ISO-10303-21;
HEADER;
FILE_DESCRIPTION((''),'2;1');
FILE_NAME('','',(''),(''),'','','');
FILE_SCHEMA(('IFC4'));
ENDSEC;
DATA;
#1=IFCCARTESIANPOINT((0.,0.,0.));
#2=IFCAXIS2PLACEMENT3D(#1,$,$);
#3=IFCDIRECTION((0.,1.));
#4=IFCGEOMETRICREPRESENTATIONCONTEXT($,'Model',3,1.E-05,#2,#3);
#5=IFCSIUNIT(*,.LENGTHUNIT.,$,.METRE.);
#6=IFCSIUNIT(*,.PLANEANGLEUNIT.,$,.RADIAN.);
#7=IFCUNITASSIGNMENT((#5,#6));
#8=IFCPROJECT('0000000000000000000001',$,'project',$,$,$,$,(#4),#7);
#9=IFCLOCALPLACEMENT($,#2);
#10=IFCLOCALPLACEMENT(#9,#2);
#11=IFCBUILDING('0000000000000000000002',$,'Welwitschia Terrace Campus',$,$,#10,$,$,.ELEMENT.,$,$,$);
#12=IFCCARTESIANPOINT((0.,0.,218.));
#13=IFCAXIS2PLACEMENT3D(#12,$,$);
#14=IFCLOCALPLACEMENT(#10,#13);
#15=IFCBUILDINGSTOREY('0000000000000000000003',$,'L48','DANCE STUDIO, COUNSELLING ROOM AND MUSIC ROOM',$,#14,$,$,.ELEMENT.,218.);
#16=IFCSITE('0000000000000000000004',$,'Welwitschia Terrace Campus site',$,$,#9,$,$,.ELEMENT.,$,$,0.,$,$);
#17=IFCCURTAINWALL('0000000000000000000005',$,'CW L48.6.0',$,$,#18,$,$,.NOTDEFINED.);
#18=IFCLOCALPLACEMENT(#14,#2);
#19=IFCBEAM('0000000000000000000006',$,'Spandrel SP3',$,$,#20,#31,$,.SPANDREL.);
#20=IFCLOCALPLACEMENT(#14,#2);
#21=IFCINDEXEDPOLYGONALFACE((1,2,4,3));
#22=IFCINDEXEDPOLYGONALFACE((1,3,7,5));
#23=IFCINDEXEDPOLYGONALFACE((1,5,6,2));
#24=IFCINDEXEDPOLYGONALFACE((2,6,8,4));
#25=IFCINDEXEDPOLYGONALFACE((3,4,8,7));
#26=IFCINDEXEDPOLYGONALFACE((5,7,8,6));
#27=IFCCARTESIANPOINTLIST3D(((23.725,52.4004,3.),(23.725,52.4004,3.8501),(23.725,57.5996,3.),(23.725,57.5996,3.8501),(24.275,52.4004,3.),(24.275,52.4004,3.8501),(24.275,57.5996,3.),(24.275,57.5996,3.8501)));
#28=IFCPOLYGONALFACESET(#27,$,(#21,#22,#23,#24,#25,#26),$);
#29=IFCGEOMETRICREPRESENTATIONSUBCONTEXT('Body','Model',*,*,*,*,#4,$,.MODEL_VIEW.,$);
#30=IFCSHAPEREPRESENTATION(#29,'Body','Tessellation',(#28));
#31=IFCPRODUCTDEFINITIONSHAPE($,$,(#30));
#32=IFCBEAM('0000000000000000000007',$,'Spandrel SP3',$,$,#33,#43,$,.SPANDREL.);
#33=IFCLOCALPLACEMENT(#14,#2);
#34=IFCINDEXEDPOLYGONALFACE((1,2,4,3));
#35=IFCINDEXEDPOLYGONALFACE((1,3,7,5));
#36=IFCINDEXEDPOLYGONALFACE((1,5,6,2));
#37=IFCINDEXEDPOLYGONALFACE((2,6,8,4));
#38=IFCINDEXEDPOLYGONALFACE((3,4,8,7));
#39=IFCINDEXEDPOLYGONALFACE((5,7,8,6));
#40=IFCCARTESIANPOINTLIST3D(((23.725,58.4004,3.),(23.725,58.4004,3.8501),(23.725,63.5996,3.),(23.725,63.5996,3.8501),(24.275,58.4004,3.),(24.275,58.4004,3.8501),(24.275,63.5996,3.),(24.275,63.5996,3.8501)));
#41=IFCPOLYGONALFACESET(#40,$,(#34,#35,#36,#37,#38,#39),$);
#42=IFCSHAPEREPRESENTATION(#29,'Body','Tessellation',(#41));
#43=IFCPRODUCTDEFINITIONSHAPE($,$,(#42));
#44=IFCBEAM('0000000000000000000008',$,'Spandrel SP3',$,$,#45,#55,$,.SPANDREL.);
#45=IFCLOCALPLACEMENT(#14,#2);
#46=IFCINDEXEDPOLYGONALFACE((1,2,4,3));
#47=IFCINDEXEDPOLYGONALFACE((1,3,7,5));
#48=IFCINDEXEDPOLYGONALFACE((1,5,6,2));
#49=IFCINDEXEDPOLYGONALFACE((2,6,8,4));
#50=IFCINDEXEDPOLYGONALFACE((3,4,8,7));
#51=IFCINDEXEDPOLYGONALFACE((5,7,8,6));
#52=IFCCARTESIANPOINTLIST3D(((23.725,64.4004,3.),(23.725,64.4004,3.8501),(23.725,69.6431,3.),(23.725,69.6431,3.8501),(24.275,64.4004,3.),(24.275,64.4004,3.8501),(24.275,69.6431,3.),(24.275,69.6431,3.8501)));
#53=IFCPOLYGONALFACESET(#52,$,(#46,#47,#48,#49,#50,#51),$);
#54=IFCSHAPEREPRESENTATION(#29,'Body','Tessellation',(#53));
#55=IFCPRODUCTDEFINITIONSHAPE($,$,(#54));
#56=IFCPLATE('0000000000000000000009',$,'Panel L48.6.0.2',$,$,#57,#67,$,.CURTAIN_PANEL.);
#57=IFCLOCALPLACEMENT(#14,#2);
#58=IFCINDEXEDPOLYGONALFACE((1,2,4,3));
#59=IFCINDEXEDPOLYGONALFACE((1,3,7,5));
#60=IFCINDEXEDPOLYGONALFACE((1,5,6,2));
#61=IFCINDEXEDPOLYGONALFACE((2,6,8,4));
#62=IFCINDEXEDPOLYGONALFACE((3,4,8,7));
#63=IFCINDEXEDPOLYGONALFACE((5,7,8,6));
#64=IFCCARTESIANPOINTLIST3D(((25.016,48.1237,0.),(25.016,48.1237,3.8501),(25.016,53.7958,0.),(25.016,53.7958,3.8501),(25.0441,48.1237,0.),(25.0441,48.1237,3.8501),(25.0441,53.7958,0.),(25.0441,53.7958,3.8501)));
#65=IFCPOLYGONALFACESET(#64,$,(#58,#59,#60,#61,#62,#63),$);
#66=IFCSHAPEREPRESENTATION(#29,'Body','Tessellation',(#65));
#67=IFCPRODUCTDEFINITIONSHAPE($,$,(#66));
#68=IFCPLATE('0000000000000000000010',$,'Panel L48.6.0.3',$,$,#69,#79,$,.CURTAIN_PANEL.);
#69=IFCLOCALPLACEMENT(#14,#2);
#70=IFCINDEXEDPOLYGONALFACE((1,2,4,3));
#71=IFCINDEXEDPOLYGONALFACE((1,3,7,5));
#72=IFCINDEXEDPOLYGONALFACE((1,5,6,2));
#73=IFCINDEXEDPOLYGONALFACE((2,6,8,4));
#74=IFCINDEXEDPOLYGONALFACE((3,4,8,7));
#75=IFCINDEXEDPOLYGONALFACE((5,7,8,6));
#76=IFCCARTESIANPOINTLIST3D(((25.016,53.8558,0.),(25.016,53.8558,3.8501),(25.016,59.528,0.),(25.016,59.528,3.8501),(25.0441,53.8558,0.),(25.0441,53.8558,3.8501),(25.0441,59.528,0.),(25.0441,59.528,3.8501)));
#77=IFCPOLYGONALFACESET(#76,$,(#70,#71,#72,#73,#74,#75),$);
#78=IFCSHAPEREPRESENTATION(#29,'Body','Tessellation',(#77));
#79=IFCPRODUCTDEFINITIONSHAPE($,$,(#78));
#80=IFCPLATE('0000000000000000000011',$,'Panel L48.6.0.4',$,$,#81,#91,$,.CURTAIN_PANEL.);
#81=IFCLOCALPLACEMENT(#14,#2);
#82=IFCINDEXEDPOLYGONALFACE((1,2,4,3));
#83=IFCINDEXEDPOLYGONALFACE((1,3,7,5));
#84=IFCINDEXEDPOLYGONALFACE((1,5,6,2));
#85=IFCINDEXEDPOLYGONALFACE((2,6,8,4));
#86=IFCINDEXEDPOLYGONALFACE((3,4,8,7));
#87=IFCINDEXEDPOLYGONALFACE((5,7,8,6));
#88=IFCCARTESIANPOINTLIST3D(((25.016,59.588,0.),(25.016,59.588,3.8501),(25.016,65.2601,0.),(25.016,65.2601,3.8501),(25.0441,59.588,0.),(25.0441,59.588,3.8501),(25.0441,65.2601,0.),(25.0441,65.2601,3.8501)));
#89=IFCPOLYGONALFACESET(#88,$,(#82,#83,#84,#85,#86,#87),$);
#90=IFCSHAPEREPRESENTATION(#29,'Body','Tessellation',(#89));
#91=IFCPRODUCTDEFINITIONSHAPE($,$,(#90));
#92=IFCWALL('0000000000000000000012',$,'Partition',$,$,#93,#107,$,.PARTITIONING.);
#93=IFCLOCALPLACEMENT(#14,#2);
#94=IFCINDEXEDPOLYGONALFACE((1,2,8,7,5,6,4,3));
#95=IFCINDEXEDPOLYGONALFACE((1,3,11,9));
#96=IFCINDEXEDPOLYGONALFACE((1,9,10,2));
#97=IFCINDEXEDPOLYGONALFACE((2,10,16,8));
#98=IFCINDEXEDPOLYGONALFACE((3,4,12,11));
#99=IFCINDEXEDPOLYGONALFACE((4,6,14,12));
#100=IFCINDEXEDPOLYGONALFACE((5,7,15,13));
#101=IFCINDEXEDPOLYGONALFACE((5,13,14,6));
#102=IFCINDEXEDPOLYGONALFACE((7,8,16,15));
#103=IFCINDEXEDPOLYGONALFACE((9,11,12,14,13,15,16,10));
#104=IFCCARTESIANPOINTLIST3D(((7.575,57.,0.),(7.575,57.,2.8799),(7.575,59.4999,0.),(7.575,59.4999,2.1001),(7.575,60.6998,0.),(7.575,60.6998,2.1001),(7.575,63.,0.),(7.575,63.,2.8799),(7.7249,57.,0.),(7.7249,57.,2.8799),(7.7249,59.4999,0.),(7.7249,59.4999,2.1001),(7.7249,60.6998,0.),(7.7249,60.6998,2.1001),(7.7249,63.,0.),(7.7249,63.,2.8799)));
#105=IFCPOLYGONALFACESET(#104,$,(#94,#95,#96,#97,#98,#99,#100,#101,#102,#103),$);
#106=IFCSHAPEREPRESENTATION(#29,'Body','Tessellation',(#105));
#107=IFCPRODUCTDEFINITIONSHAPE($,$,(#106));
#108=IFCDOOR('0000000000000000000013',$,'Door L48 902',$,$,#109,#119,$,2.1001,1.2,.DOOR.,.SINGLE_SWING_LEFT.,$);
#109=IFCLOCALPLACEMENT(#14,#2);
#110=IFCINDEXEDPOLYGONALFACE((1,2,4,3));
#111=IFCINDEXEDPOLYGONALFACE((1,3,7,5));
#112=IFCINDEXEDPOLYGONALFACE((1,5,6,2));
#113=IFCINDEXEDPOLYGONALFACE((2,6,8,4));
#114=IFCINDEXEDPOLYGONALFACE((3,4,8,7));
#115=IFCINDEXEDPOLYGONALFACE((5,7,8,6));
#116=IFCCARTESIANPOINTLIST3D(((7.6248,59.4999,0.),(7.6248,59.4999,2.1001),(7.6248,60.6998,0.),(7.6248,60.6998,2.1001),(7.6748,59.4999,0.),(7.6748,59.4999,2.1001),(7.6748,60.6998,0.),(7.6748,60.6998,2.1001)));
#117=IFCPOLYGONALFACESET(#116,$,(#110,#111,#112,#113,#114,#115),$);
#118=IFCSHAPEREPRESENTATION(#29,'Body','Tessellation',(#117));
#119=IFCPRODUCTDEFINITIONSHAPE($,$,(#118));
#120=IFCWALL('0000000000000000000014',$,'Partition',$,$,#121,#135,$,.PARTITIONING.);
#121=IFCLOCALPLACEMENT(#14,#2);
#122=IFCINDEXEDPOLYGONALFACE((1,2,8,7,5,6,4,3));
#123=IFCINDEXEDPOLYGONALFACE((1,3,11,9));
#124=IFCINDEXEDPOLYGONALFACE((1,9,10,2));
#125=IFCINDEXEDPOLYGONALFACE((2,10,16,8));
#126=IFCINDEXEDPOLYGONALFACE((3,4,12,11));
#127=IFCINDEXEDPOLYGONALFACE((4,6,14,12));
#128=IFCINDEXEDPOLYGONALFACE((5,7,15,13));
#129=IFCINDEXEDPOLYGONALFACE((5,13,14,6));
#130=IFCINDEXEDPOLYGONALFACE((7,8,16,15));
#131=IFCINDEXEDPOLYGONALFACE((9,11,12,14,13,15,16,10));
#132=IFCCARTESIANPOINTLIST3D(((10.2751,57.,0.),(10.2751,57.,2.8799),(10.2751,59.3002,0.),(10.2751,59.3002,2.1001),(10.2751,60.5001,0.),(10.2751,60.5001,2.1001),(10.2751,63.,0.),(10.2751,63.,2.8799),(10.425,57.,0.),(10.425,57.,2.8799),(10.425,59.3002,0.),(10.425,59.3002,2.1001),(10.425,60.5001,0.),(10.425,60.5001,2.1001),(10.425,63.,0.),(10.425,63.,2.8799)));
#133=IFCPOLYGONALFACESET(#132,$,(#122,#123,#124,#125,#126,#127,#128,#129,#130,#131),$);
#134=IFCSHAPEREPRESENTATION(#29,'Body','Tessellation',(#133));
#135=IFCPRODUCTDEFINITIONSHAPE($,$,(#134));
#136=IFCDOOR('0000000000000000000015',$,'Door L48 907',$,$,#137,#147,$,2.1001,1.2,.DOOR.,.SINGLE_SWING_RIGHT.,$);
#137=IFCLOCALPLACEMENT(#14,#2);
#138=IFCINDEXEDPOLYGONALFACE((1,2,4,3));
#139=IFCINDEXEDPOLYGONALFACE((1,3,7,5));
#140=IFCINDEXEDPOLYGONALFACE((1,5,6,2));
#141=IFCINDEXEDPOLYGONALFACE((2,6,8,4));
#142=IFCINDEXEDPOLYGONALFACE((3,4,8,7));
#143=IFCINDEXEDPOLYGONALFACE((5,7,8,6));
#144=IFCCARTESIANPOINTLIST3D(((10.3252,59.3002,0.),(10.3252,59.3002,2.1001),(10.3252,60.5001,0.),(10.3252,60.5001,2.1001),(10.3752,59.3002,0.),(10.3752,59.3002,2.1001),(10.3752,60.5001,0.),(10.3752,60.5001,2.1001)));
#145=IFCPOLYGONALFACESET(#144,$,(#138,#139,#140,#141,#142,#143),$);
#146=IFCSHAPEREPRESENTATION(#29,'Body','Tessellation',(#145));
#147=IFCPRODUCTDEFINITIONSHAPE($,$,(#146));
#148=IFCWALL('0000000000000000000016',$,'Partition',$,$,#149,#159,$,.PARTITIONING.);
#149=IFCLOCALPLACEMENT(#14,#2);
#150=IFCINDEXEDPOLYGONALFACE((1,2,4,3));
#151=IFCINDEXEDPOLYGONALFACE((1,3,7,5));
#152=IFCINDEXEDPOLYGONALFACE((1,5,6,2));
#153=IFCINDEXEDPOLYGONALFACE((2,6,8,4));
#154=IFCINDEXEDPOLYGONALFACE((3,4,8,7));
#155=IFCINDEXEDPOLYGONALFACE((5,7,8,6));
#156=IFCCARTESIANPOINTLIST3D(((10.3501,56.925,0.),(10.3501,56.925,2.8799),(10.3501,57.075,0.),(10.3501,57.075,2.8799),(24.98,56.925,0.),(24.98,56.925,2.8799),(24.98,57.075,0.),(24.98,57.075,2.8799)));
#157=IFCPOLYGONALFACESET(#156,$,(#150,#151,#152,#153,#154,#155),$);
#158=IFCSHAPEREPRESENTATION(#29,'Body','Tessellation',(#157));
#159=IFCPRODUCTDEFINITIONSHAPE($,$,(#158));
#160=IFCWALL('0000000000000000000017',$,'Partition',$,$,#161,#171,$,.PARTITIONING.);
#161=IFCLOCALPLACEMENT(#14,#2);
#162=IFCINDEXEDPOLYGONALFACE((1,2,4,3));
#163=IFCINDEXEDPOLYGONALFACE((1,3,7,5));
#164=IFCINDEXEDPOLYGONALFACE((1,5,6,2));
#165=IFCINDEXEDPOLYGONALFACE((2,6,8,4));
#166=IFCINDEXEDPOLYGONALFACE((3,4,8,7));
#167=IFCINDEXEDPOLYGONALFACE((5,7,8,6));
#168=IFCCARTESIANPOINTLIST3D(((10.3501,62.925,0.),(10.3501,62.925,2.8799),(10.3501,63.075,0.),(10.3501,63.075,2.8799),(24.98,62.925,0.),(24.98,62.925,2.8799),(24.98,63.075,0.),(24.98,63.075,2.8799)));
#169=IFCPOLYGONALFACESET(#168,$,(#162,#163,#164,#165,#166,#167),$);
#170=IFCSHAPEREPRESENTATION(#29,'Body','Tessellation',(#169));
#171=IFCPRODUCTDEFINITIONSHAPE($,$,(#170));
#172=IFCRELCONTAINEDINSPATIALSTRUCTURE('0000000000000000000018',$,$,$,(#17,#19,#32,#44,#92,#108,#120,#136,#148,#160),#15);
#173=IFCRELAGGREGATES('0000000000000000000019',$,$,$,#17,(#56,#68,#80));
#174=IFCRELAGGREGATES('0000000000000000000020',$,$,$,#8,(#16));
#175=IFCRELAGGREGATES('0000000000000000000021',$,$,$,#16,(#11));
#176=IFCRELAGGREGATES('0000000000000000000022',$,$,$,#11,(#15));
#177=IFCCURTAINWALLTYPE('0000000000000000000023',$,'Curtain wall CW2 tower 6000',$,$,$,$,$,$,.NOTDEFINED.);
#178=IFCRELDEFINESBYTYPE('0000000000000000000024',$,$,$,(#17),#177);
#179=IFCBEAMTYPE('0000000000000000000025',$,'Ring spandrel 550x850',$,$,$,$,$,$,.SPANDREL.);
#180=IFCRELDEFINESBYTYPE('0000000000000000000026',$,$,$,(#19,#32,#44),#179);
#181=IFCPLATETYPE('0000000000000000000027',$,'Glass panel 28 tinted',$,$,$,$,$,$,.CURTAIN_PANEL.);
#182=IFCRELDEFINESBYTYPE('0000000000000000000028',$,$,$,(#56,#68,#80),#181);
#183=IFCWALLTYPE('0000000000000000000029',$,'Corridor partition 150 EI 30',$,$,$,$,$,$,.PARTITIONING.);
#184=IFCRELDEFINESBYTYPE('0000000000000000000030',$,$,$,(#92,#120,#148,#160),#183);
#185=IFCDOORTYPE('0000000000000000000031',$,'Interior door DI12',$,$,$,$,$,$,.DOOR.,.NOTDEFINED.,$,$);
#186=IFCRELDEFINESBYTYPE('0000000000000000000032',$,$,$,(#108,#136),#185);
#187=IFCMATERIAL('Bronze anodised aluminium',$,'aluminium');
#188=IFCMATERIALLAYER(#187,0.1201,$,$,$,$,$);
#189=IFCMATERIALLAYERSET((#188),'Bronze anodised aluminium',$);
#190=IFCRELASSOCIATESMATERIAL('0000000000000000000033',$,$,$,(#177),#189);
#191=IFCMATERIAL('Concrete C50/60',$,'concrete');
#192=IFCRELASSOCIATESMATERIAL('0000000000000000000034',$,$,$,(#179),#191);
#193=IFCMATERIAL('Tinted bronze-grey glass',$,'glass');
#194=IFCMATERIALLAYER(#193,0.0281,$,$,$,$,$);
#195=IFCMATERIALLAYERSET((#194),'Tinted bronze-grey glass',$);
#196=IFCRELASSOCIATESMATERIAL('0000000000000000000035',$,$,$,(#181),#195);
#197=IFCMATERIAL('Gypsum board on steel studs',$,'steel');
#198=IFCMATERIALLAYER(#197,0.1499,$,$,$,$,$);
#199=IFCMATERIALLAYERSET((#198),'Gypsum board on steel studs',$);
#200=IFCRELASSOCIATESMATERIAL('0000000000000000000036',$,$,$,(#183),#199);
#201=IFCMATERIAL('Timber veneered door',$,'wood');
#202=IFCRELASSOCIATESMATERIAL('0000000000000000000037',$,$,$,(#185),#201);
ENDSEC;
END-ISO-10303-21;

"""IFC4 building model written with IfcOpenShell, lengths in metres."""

from ifc_helpers import new_model, si_unit, direction, frame, frame_2d, origin, origin_2d, place, context, subcontext, project, spatial, rectangle, extrude, material, layer, layer_set, material_profile, profile_set, type_object, element, fill, aggregate, save


model = new_model("IFC4")

# Units and contexts
model_context = context("Model", 3, precision=1e-05, world=origin(), true_north=direction((0.0, 1.0)))
body_context = subcontext(model_context, "Body", "Model", "MODEL_VIEW")
ifc_project = project(units=[si_unit("LENGTHUNIT", "METRE"), si_unit("PLANEANGLEUNIT", "RADIAN")], contexts=[model_context])

# Site, building, storey
site_placement = place(None, origin())
site = spatial("IfcSite", under=ifc_project, at=site_placement, Name="Welwitschia Terrace Campus site", CompositionType="ELEMENT", RefElevation=0.0)
building_placement = place(site_placement, origin())
building = spatial("IfcBuilding", under=site, at=building_placement, Name="Welwitschia Terrace Campus", CompositionType="ELEMENT")
storey_placement = place(building_placement, frame((0.0, 0.0, 218.0)))
storey = spatial("IfcBuildingStorey", under=building, at=storey_placement, Name="L48", Description="DANCE STUDIO, COUNSELLING ROOM AND MUSIC ROOM", CompositionType="ELEMENT", Elevation=218.0)

# Curtain wall
ifc_material_1 = material(Name="Bronze anodised aluminium", Category="aluminium")
ifc_layer_1 = layer(ifc_material_1, 0.1201)
ifc_layer_set_1 = layer_set([ifc_layer_1], Name="Bronze anodised aluminium")
curtain_wall_type = type_object("IfcCurtainWallType", Name="Curtain wall CW2 tower 6000", PredefinedType="NOTDEFINED", material=ifc_layer_set_1)
curtain_wall_placement = place(storey_placement, origin())
curtain_wall = element("IfcCurtainWall", 1, at=curtain_wall_placement, inside=storey, type_object=curtain_wall_type, Name="CW L48.6.0", PredefinedType="NOTDEFINED")

# Beams
ifc_material_2 = material(Name="Concrete C50/60", Category="concrete")
ifc_material_profile_1 = material_profile(ifc_material_2, rectangle(XDim=0.55, YDim=0.8501, at=origin_2d()))
ifc_profile_set_1 = profile_set([ifc_material_profile_1], Name="Concrete C50/60")
beam_type_1 = type_object("IfcBeamType", Name="Ring spandrel 550x850", PredefinedType="SPANDREL", material=ifc_profile_set_1)
for number, where, z_axis, x_axis, name in (
    (2, (24.0, 52.4004, 3.425), (0.0, 1.0, 0.0), (-1.0, 0.0, 0.0), "Spandrel SP3"),
    (3, (24.0, 58.4004, 3.425), (0.0, 1.0, 0.0), (-1.0, 0.0, 0.0), "Spandrel SP3"),
):
    element("IfcBeam", number, at=place(storey_placement, frame(where, z_axis=z_axis, x_axis=x_axis)), inside=storey, type_object=beam_type_1, Name=name, PredefinedType="SPANDREL", context=body_context, shape_type="SweptSolid", body=[
        extrude(rectangle(XDim=0.55, YDim=0.8501, at=origin_2d()), origin(), (0.0, 0.0, 1.0), 5.1992),
    ])
beam_1_placement = place(storey_placement, frame((24.0, 64.4004, 3.425), z_axis=(0.0, 1.0, 0.0), x_axis=(-1.0, 0.0, 0.0)))
element("IfcBeam", 4, at=beam_1_placement, inside=storey, type_object=beam_type_1, Name="Spandrel SP3", PredefinedType="SPANDREL", context=body_context, shape_type="SweptSolid", body=[
    extrude(rectangle(XDim=0.55, YDim=0.8501, at=origin_2d()), origin(), (0.0, 0.0, 1.0), 5.2427),
])

# Plates
ifc_material_3 = material(Name="Tinted bronze-grey glass", Category="glass")
ifc_layer_2 = layer(ifc_material_3, 0.0281)
ifc_layer_set_2 = layer_set([ifc_layer_2], Name="Tinted bronze-grey glass")
plate_type = type_object("IfcPlateType", Name="Glass panel 28 tinted", PredefinedType="CURTAIN_PANEL", material=ifc_layer_set_2)
plate_1_placement = place(storey_placement, frame((25.03, 50.9597, 0.0), z_axis=(0.0, 0.0, 1.0), x_axis=(0.0, 1.0, 0.0)))
plate_1 = element("IfcPlate", 5, at=plate_1_placement, type_object=plate_type, Name="Panel L48.6.0.2", PredefinedType="CURTAIN_PANEL", context=body_context, shape_type="SweptSolid", body=[
    extrude(rectangle(XDim=5.6721, YDim=0.0281, at=origin_2d()), origin(), (0.0, 0.0, 1.0), 3.8501),
])
plate_2_placement = place(storey_placement, frame((25.03, 56.6919, 0.0), z_axis=(0.0, 0.0, 1.0), x_axis=(0.0, 1.0, 0.0)))
plate_2 = element("IfcPlate", 6, at=plate_2_placement, type_object=plate_type, Name="Panel L48.6.0.3", PredefinedType="CURTAIN_PANEL", context=body_context, shape_type="SweptSolid", body=[
    extrude(rectangle(XDim=5.6721, YDim=0.0281, at=origin_2d()), origin(), (0.0, 0.0, 1.0), 3.8501),
])
plate_3_placement = place(storey_placement, frame((25.03, 62.4241, 0.0), z_axis=(0.0, 0.0, 1.0), x_axis=(0.0, 1.0, 0.0)))
plate_3 = element("IfcPlate", 7, at=plate_3_placement, type_object=plate_type, Name="Panel L48.6.0.4", PredefinedType="CURTAIN_PANEL", context=body_context, shape_type="SweptSolid", body=[
    extrude(rectangle(XDim=5.6721, YDim=0.0281, at=origin_2d()), origin(), (0.0, 0.0, 1.0), 3.8501),
])
aggregate(curtain_wall, [plate_1, plate_2, plate_3])

# Walls, openings, doors
ifc_material_4 = material(Name="Gypsum board on steel studs", Category="steel")
ifc_layer_3 = layer(ifc_material_4, 0.1499)
ifc_layer_set_3 = layer_set([ifc_layer_3], Name="Gypsum board on steel studs")
wall_type = type_object("IfcWallType", Name="Corridor partition 150 EI 30", PredefinedType="PARTITIONING", material=ifc_layer_set_3)
wall_1_placement = place(storey_placement, frame((7.6499, 63.0, 0.0), z_axis=(0.0, 0.0, 1.0), x_axis=(0.0, -1.0, 0.0)))
wall_1 = element("IfcWall", 8, at=wall_1_placement, inside=storey, type_object=wall_type, Name="Partition", PredefinedType="PARTITIONING", context=body_context, shape_type="SweptSolid", body=[
    extrude(rectangle(XDim=6.0, YDim=0.1499, at=frame_2d((3.0, 0.0))), origin(), (0.0, 0.0, 1.0), 2.8799),
])
opening_1_placement = place(wall_1_placement, frame((2.3, 0.0, 0.0)))
opening_1 = element("IfcOpeningElement", 9, at=opening_1_placement, cuts=wall_1, PredefinedType="OPENING", context=body_context, shape_type="SweptSolid", body=[
    extrude(rectangle(XDim=1.2, YDim=2.1001, at=frame_2d((0.6001, 1.05))), frame((0.0, 0.085, 0.0), z_axis=(0.0, -1.0, 0.0), x_axis=(1.0, 0.0, 0.0)), (0.0, 0.0, 1.0), 0.1699),
])
ifc_material_5 = material(Name="Timber veneered door", Category="wood")
door_type = type_object("IfcDoorType", Name="Interior door DI12", OperationType="NOTDEFINED", PredefinedType="DOOR", material=ifc_material_5)
door_1_placement = place(opening_1_placement, origin())
door_1 = element("IfcDoor", 10, at=door_1_placement, inside=storey, type_object=door_type, Name="Door L48 902", OperationType="SINGLE_SWING_LEFT", OverallHeight=2.1001, OverallWidth=1.2, PredefinedType="DOOR", context=body_context, shape_type="SweptSolid", body=[
    extrude(rectangle(XDim=1.2, YDim=2.1001, at=frame_2d((0.6001, 1.05))), frame((0.0, 0.0249, 0.0), z_axis=(0.0, -1.0, 0.0), x_axis=(1.0, 0.0, 0.0)), (0.0, 0.0, 1.0), 0.05),
])
fill(opening_1, door_1)
wall_2_placement = place(storey_placement, frame((10.3501, 57.0, 0.0), z_axis=(0.0, 0.0, 1.0), x_axis=(0.0, 1.0, 0.0)))
wall_2 = element("IfcWall", 11, at=wall_2_placement, inside=storey, type_object=wall_type, Name="Partition", PredefinedType="PARTITIONING", context=body_context, shape_type="SweptSolid", body=[
    extrude(rectangle(XDim=6.0, YDim=0.1499, at=frame_2d((3.0, 0.0))), origin(), (0.0, 0.0, 1.0), 2.8799),
])
opening_2_placement = place(wall_2_placement, frame((2.3, 0.0, 0.0)))
opening_2 = element("IfcOpeningElement", 12, at=opening_2_placement, cuts=wall_2, PredefinedType="OPENING", context=body_context, shape_type="SweptSolid", body=[
    extrude(rectangle(XDim=1.2, YDim=2.1001, at=frame_2d((0.6001, 1.05))), frame((0.0, 0.085, 0.0), z_axis=(0.0, -1.0, 0.0), x_axis=(1.0, 0.0, 0.0)), (0.0, 0.0, 1.0), 0.1699),
])
door_2_placement = place(opening_2_placement, origin())
door_2 = element("IfcDoor", 13, at=door_2_placement, inside=storey, type_object=door_type, Name="Door L48 907", OperationType="SINGLE_SWING_RIGHT", OverallHeight=2.1001, OverallWidth=1.2, PredefinedType="DOOR", context=body_context, shape_type="SweptSolid", body=[
    extrude(rectangle(XDim=1.2, YDim=2.1001, at=frame_2d((0.6001, 1.05))), frame((0.0, 0.0249, 0.0), z_axis=(0.0, -1.0, 0.0), x_axis=(1.0, 0.0, 0.0)), (0.0, 0.0, 1.0), 0.05),
])
fill(opening_2, door_2)

# Walls
for number, where, z_axis, x_axis, name in (
    (14, (10.3501, 57.0, 0.0), (0.0, 0.0, 1.0), (1.0, 0.0, 0.0), "Partition"),
    (15, (10.3501, 63.0, 0.0), (0.0, 0.0, 1.0), (1.0, 0.0, 0.0), "Partition"),
):
    element("IfcWall", number, at=place(storey_placement, frame(where, z_axis=z_axis, x_axis=x_axis)), inside=storey, type_object=wall_type, Name=name, PredefinedType="PARTITIONING", context=body_context, shape_type="SweptSolid", body=[
        extrude(rectangle(XDim=14.6299, YDim=0.1499, at=frame_2d((7.3149, 0.0))), origin(), (0.0, 0.0, 1.0), 2.8799),
    ])

save(model, "model.ifc")
